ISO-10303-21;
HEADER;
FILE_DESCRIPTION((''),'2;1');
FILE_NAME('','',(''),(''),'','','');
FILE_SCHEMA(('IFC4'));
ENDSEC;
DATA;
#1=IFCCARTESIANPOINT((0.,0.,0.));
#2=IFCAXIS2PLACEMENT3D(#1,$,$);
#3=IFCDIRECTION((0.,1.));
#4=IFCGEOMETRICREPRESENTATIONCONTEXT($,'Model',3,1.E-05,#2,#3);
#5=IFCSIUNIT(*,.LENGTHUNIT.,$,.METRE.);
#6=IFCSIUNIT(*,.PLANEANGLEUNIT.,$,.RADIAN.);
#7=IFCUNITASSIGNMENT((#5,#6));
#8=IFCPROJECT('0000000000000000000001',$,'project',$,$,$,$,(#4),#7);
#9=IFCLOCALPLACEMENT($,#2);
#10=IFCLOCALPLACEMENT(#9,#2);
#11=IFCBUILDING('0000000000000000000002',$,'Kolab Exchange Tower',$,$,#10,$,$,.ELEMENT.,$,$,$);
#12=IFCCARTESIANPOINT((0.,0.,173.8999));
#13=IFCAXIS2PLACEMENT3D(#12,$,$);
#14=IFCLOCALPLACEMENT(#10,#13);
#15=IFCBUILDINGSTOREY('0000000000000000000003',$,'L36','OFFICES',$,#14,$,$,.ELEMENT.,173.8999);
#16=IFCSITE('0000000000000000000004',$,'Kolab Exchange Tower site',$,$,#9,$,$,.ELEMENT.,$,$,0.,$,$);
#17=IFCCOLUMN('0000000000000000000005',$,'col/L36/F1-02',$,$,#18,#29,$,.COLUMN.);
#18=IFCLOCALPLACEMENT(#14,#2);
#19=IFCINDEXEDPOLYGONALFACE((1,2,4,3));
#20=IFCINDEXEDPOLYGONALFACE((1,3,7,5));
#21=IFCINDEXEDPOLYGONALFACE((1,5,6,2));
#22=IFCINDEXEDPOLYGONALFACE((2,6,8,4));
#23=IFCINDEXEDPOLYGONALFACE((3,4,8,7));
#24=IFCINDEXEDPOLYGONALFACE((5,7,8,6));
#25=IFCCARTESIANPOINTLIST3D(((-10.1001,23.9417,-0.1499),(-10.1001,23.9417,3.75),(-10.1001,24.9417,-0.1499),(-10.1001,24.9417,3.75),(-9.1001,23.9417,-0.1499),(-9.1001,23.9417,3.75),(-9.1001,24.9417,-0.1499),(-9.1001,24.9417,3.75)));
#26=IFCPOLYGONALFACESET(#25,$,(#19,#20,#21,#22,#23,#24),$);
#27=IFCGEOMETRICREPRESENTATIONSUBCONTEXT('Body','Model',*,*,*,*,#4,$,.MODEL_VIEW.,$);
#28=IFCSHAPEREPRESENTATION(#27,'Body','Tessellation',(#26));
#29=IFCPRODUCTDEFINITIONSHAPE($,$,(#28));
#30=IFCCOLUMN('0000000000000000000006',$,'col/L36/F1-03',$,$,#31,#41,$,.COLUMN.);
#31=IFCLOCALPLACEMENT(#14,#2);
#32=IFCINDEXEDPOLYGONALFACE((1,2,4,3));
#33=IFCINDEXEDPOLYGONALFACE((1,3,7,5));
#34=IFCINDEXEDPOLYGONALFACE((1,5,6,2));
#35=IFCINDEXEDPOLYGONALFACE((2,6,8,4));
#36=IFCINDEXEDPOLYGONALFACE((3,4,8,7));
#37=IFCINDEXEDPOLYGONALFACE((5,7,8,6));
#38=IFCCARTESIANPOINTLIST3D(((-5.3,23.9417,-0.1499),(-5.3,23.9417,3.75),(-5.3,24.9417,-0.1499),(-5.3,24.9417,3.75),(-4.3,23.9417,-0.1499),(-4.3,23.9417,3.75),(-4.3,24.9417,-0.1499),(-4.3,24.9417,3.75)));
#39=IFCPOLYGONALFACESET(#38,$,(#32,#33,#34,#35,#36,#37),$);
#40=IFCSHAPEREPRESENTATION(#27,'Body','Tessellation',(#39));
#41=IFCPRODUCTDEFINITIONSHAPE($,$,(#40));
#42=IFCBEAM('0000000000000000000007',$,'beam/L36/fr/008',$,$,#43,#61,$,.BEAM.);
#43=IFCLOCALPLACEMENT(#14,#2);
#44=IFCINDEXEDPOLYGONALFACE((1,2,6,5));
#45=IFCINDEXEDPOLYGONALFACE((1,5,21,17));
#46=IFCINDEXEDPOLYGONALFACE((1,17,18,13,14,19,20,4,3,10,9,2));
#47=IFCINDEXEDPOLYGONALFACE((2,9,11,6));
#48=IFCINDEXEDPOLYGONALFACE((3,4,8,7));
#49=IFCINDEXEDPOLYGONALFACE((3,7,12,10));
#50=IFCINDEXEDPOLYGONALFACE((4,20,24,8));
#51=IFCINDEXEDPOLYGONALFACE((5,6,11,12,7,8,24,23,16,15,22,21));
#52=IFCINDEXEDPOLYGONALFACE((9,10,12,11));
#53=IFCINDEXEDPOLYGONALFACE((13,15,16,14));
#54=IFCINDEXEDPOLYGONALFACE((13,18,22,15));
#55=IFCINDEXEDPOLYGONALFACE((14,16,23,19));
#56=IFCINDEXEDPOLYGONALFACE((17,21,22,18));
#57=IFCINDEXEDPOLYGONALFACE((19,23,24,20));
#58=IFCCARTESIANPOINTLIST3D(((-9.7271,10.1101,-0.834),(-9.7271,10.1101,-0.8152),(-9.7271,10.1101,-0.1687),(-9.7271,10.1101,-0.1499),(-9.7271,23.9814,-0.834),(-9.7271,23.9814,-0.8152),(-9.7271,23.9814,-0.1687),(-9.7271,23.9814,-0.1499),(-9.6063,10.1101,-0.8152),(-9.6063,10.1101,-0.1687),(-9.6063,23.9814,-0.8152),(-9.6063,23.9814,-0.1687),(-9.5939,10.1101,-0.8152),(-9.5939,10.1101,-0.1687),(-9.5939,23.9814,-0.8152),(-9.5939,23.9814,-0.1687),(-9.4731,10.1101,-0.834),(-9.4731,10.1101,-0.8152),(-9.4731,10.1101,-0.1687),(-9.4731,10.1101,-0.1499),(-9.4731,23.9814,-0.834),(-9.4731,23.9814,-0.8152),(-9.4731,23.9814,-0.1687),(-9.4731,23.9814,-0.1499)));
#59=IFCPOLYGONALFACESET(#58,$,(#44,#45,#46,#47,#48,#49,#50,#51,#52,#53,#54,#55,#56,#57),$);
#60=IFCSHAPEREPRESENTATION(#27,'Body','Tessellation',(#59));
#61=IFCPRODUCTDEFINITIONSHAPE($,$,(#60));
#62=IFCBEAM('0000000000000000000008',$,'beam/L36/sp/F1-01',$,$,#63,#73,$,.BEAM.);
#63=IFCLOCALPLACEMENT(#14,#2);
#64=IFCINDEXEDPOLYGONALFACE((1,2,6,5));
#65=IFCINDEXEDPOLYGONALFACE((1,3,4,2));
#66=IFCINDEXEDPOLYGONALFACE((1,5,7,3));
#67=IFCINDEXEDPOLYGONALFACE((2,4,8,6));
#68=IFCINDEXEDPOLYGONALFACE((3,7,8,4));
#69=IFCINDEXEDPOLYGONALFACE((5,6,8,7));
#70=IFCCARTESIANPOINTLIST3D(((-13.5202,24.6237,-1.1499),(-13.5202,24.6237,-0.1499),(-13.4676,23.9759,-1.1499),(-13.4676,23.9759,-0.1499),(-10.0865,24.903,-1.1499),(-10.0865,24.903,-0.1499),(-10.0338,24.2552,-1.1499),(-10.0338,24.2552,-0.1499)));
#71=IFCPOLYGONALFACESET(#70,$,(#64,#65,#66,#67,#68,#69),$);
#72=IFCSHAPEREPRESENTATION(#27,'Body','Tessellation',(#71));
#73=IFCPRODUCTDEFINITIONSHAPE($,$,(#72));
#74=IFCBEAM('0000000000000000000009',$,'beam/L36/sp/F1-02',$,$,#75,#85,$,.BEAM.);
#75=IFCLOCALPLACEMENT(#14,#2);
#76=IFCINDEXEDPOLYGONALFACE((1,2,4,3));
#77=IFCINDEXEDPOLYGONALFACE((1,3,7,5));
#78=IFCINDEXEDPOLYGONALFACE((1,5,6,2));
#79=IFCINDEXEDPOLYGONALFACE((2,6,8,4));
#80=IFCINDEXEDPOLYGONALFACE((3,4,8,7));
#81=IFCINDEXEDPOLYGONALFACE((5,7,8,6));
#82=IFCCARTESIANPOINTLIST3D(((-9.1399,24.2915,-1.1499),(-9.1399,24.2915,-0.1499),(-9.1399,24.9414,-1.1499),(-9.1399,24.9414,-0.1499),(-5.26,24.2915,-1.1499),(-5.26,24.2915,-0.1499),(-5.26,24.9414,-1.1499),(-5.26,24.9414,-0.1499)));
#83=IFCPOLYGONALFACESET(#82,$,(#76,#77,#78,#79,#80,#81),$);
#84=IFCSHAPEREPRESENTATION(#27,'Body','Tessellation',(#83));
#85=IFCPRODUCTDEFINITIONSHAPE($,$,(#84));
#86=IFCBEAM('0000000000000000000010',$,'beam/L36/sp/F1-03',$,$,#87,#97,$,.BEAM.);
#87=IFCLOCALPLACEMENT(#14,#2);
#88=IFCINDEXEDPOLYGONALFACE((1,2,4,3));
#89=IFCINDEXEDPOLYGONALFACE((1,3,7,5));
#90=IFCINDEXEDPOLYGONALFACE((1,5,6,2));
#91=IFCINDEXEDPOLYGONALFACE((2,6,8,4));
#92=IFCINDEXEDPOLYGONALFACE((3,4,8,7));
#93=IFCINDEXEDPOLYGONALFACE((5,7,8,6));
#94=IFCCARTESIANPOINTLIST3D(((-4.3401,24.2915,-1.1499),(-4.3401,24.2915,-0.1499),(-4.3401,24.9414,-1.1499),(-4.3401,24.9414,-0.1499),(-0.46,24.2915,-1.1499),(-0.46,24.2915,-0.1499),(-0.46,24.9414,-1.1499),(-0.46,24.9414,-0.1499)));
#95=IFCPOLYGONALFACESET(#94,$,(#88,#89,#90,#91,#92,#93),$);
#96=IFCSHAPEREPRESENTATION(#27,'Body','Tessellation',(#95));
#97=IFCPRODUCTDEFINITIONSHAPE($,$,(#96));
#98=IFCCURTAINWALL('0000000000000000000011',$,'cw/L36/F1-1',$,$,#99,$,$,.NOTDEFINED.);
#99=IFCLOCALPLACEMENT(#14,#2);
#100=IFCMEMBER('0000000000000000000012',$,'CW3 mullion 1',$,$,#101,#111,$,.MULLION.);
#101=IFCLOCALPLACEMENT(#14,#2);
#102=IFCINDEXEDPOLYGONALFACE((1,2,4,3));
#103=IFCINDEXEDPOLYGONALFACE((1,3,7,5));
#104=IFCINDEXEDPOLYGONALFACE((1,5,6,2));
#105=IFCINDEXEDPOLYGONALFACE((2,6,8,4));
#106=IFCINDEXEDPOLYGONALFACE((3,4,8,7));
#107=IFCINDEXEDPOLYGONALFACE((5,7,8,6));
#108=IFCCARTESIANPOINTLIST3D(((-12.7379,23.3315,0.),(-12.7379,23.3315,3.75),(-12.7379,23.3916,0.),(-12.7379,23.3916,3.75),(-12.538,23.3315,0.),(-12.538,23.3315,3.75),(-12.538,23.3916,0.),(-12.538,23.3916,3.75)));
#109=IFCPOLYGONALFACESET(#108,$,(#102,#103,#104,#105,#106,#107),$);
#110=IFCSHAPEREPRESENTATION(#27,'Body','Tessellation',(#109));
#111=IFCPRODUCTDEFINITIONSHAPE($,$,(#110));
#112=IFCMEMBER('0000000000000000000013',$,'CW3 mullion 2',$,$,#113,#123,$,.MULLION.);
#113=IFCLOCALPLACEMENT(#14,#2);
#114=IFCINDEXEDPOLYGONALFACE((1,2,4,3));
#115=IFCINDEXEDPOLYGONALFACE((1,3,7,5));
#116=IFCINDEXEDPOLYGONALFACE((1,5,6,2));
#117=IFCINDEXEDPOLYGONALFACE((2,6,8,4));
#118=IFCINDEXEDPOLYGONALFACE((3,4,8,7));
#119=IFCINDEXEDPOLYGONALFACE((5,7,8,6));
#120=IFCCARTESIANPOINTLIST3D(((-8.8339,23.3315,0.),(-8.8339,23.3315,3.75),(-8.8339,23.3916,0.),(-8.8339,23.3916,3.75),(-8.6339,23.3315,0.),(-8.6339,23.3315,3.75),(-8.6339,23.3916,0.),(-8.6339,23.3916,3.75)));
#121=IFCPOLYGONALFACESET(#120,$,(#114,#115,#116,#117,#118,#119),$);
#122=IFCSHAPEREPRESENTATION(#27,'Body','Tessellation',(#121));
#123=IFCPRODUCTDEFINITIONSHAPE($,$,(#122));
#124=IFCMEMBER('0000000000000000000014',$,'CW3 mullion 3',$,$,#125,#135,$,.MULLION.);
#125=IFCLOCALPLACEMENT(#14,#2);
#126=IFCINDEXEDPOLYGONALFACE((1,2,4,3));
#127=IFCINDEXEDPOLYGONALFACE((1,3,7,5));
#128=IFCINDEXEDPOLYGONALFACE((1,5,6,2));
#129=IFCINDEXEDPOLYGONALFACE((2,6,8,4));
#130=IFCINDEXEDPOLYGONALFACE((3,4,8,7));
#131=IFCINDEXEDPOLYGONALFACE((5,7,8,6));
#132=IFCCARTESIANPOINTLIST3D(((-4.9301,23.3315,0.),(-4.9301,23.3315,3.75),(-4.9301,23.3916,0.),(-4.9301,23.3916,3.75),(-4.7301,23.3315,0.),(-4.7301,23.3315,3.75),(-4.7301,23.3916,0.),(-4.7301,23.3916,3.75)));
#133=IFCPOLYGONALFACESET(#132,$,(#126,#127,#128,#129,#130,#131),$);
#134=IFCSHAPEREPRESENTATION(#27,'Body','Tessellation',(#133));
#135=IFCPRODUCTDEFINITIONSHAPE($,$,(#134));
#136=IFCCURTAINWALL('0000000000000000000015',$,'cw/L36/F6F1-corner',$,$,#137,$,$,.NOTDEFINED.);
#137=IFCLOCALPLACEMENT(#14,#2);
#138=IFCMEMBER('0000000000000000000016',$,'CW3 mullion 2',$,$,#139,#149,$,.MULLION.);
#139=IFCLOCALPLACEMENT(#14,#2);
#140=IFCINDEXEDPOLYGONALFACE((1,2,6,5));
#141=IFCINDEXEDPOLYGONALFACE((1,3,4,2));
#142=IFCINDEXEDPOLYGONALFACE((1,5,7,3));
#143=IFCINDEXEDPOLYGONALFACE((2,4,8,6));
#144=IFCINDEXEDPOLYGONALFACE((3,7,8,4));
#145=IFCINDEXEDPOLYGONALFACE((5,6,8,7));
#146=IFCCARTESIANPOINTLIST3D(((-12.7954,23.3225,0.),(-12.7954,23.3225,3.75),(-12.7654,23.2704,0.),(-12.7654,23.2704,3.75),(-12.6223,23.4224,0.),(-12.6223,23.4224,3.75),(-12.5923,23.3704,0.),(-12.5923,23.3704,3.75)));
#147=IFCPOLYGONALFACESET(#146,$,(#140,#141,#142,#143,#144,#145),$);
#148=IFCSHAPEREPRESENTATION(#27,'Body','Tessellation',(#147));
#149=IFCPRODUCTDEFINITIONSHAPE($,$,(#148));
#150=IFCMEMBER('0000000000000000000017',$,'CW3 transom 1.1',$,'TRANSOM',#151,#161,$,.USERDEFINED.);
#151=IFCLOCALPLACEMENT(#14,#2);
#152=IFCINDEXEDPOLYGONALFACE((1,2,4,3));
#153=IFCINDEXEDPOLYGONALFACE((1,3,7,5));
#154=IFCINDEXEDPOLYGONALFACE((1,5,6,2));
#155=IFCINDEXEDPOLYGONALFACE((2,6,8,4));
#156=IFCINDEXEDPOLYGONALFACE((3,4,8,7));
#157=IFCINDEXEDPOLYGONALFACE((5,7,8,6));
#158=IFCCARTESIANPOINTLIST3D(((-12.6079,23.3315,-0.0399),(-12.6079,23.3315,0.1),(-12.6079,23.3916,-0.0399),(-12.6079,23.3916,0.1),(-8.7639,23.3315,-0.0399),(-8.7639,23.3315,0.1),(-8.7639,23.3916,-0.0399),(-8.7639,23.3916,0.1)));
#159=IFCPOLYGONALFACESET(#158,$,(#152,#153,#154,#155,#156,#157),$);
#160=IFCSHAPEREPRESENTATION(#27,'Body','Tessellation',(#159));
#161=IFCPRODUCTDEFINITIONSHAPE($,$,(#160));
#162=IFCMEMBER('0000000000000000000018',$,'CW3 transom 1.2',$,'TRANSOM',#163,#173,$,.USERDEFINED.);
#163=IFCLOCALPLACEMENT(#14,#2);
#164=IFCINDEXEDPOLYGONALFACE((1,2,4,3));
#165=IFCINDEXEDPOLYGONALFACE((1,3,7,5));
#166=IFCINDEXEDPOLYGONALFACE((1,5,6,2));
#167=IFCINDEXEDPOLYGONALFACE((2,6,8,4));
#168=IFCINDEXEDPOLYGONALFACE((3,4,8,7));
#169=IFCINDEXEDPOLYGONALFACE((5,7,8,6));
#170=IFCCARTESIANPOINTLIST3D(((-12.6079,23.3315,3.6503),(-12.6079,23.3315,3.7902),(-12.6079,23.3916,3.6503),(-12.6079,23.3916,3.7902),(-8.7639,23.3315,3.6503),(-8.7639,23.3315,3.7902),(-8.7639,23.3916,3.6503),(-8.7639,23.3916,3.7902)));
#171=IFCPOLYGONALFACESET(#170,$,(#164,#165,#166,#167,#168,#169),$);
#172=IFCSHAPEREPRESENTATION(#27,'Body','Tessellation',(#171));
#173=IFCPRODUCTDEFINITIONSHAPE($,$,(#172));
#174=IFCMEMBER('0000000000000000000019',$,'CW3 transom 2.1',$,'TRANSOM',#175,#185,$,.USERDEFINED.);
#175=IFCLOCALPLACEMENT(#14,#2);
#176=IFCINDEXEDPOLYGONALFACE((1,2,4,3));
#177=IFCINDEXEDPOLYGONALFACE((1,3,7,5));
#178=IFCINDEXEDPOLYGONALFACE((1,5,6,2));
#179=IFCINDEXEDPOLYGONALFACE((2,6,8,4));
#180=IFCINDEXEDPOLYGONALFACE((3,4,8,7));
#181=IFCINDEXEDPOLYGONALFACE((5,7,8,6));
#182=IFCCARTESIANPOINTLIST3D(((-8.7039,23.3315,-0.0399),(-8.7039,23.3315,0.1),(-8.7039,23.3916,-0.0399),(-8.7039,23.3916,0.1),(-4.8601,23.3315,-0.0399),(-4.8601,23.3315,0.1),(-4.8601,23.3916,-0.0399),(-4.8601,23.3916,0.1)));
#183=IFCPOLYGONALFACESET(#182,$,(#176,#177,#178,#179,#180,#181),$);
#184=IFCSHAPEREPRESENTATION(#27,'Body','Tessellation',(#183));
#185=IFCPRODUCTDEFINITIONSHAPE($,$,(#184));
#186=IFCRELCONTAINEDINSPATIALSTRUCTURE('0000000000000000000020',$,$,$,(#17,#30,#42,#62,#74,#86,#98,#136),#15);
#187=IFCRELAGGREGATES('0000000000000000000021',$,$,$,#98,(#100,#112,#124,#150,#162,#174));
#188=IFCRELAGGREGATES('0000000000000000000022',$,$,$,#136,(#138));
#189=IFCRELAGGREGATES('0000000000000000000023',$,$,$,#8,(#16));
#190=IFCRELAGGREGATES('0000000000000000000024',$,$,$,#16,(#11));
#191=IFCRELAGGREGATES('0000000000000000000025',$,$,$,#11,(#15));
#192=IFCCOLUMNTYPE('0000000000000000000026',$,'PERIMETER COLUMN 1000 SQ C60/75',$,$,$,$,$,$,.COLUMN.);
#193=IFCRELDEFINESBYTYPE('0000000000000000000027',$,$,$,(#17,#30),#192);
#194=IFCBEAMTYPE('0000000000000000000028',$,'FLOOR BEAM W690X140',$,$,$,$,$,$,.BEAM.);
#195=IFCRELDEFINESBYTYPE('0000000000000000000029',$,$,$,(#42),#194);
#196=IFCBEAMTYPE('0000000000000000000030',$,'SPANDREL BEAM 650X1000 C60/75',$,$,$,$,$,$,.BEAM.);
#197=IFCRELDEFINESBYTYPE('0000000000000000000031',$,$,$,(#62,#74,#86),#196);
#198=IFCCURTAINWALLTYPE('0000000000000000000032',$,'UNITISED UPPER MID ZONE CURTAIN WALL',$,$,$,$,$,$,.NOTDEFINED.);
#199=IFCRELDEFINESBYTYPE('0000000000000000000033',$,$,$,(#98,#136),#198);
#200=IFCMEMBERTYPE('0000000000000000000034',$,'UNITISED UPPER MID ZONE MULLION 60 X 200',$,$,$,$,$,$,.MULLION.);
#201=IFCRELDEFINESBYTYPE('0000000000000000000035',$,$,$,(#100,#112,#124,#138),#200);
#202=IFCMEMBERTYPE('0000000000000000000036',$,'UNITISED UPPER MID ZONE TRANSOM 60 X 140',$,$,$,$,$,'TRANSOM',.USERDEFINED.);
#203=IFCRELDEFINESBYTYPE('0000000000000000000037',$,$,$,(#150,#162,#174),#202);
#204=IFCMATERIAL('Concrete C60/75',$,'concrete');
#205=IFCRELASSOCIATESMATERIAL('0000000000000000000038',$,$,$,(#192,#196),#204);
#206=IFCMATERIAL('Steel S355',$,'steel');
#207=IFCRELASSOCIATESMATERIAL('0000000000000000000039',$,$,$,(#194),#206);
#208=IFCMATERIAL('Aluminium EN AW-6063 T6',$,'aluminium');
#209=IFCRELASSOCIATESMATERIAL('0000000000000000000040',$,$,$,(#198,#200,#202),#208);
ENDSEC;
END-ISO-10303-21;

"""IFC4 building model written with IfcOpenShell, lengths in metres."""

from ifc_helpers import new_model, si_unit, direction, frame, origin, origin_2d, place, context, subcontext, project, spatial, rectangle, i_section, extrude, material, material_profile, profile_set, type_object, element, aggregate, save


model = new_model("IFC4")

# Units and contexts
model_context = context("Model", 3, precision=1e-05, world=origin(), true_north=direction((0.0, 1.0)))
body_context = subcontext(model_context, "Body", "Model", "MODEL_VIEW")
ifc_project = project(units=[si_unit("LENGTHUNIT", "METRE"), si_unit("PLANEANGLEUNIT", "RADIAN")], contexts=[model_context])

# Site, building, storey
site_placement = place(None, origin())
site = spatial("IfcSite", under=ifc_project, at=site_placement, Name="Kolab Exchange Tower site", CompositionType="ELEMENT", RefElevation=0.0)
building_placement = place(site_placement, origin())
building = spatial("IfcBuilding", under=site, at=building_placement, Name="Kolab Exchange Tower", CompositionType="ELEMENT")
storey_placement = place(building_placement, frame((0.0, 0.0, 173.8999)))
storey = spatial("IfcBuildingStorey", under=building, at=storey_placement, Name="L36", Description="OFFICES", CompositionType="ELEMENT", Elevation=173.8999)

# Columns
ifc_material_1 = material(Name="Concrete C60/75", Category="concrete")
ifc_material_profile_1 = material_profile(ifc_material_1, rectangle(XDim=1.0, YDim=1.0, at=origin_2d()), Name="RC1000")
ifc_profile_set_1 = profile_set([ifc_material_profile_1], Name="Concrete C60/75")
column_type = type_object("IfcColumnType", Name="PERIMETER COLUMN 1000 SQ C60/75", PredefinedType="COLUMN", material=ifc_profile_set_1)
for number, where, z_axis, x_axis, name in (
    (1, (-9.6001, 24.4417, -0.1499), (0.0, 0.0, 1.0), (1.0, 0.0, 0.0), "col/L36/F1-02"),
    (2, (-4.8, 24.4417, -0.1499), (0.0, 0.0, 1.0), (1.0, 0.0, 0.0), "col/L36/F1-03"),
):
    element("IfcColumn", number, at=place(storey_placement, frame(where, z_axis=z_axis, x_axis=x_axis)), inside=storey, type_object=column_type, Name=name, PredefinedType="COLUMN", context=body_context, shape_type="SweptSolid", body=[
        extrude(rectangle(XDim=1.0, YDim=1.0, at=origin_2d()), origin(), (0.0, 0.0, 1.0), 3.8999),
    ])

# Beams
ifc_material_2 = material(Name="Steel S355", Category="steel")
ifc_material_profile_2 = material_profile(ifc_material_2, i_section(OverallWidth=0.2539, OverallDepth=0.6841, WebThickness=0.0125, FlangeThickness=0.0188, at=origin_2d()), Name="W690X140")
ifc_profile_set_2 = profile_set([ifc_material_profile_2], Name="Steel S355")
beam_type_1 = type_object("IfcBeamType", Name="FLOOR BEAM W690X140", PredefinedType="BEAM", material=ifc_profile_set_2)
beam_1_placement = place(storey_placement, frame((-9.6001, 10.1101, -0.4919), z_axis=(0.0, 1.0, 0.0), x_axis=(-1.0, 0.0, 0.0)))
element("IfcBeam", 3, at=beam_1_placement, inside=storey, type_object=beam_type_1, Name="beam/L36/fr/008", PredefinedType="BEAM", context=body_context, shape_type="SweptSolid", body=[
    extrude(i_section(OverallWidth=0.2539, OverallDepth=0.6841, WebThickness=0.0125, FlangeThickness=0.0188, at=origin_2d()), origin(), (0.0, 0.0, 1.0), 13.8713),
])
ifc_material_profile_3 = material_profile(ifc_material_1, rectangle(XDim=0.6499, YDim=1.0, at=origin_2d()), Name="RC650X1000")
ifc_profile_set_3 = profile_set([ifc_material_profile_3], Name="Concrete C60/75")
beam_type_2 = type_object("IfcBeamType", Name="SPANDREL BEAM 650X1000 C60/75", PredefinedType="BEAM", material=ifc_profile_set_3)
beam_2_placement = place(storey_placement, frame((-13.4939, 24.2998, -0.6499), z_axis=(0.996708, 0.081069, 0.0), x_axis=(-0.081069, 0.996708, 0.0)))
element("IfcBeam", 4, at=beam_2_placement, inside=storey, type_object=beam_type_2, Name="beam/L36/sp/F1-01", PredefinedType="BEAM", context=body_context, shape_type="SweptSolid", body=[
    extrude(rectangle(XDim=0.6499, YDim=1.0, at=origin_2d()), origin(), (0.0, 0.0, 1.0), 3.4451),
])
beam_3_placement = place(storey_placement, frame((-9.1399, 24.6165, -0.6499), z_axis=(1.0, 0.0, 0.0), x_axis=(0.0, 1.0, 0.0)))
element("IfcBeam", 5, at=beam_3_placement, inside=storey, type_object=beam_type_2, Name="beam/L36/sp/F1-02", PredefinedType="BEAM", context=body_context, shape_type="SweptSolid", body=[
    extrude(rectangle(XDim=0.6499, YDim=1.0, at=origin_2d()), origin(), (0.0, 0.0, 1.0), 3.8799),
])
beam_4_placement = place(storey_placement, frame((-4.3401, 24.6165, -0.6499), z_axis=(1.0, 0.0, 0.0), x_axis=(0.0, 1.0, 0.0)))
element("IfcBeam", 6, at=beam_4_placement, inside=storey, type_object=beam_type_2, Name="beam/L36/sp/F1-03", PredefinedType="BEAM", context=body_context, shape_type="SweptSolid", body=[
    extrude(rectangle(XDim=0.6499, YDim=1.0, at=origin_2d()), origin(), (0.0, 0.0, 1.0), 3.8801),
])

# Curtain wall, members
ifc_material_3 = material(Name="Aluminium EN AW-6063 T6", Category="aluminium")
curtain_wall_type = type_object("IfcCurtainWallType", Name="UNITISED UPPER MID ZONE CURTAIN WALL", PredefinedType="NOTDEFINED", material=ifc_material_3)
curtain_wall_1_placement = place(storey_placement, origin())
curtain_wall_1 = element("IfcCurtainWall", 7, at=curtain_wall_1_placement, inside=storey, type_object=curtain_wall_type, Name="cw/L36/F1-1", PredefinedType="NOTDEFINED")
ifc_material_profile_4 = material_profile(ifc_material_3, rectangle(XDim=0.0601, YDim=0.2, at=origin_2d()), Name="RECT 60X200")
ifc_profile_set_4 = profile_set([ifc_material_profile_4], Name="Aluminium EN AW-6063 T6")
member_type_1 = type_object("IfcMemberType", Name="UNITISED UPPER MID ZONE MULLION 60 X 200", PredefinedType="MULLION", material=ifc_profile_set_4)
member_1_placement = place(storey_placement, frame((-12.6379, 23.3616, 0.0), z_axis=(0.0, 0.0, 1.0), x_axis=(0.0, 1.0, 0.0)))
member_1 = element("IfcMember", 8, at=member_1_placement, type_object=member_type_1, Name="CW3 mullion 1", PredefinedType="MULLION", context=body_context, shape_type="SweptSolid", body=[
    extrude(rectangle(XDim=0.0601, YDim=0.2, at=origin_2d()), origin(), (0.0, 0.0, 1.0), 3.75),
])
member_2_placement = place(storey_placement, frame((-8.7339, 23.3616, 0.0), z_axis=(0.0, 0.0, 1.0), x_axis=(0.0, 1.0, 0.0)))
member_2 = element("IfcMember", 9, at=member_2_placement, type_object=member_type_1, Name="CW3 mullion 2", PredefinedType="MULLION", context=body_context, shape_type="SweptSolid", body=[
    extrude(rectangle(XDim=0.0601, YDim=0.2, at=origin_2d()), origin(), (0.0, 0.0, 1.0), 3.75),
])
member_3_placement = place(storey_placement, frame((-4.8301, 23.3616, 0.0), z_axis=(0.0, 0.0, 1.0), x_axis=(0.0, 1.0, 0.0)))
member_3 = element("IfcMember", 10, at=member_3_placement, type_object=member_type_1, Name="CW3 mullion 3", PredefinedType="MULLION", context=body_context, shape_type="SweptSolid", body=[
    extrude(rectangle(XDim=0.0601, YDim=0.2, at=origin_2d()), origin(), (0.0, 0.0, 1.0), 3.75),
])

# Curtain wall, member
curtain_wall_2_placement = place(storey_placement, origin())
curtain_wall_2 = element("IfcCurtainWall", 11, at=curtain_wall_2_placement, inside=storey, type_object=curtain_wall_type, Name="cw/L36/F6F1-corner", PredefinedType="NOTDEFINED")
member_4_placement = place(storey_placement, frame((-12.6938, 23.3464, 0.0), z_axis=(0.0, 0.0, 1.0), x_axis=(-0.5, 0.866025, 0.0)))
member_4 = element("IfcMember", 12, at=member_4_placement, type_object=member_type_1, Name="CW3 mullion 2", PredefinedType="MULLION", context=body_context, shape_type="SweptSolid", body=[
    extrude(rectangle(XDim=0.0601, YDim=0.2, at=origin_2d()), origin(), (0.0, 0.0, 1.0), 3.75),
])

# Members
ifc_material_profile_5 = material_profile(ifc_material_3, rectangle(XDim=0.0601, YDim=0.1399, at=origin_2d()), Name="RECT 60X140")
ifc_profile_set_5 = profile_set([ifc_material_profile_5], Name="Aluminium EN AW-6063 T6")
member_type_2 = type_object("IfcMemberType", Name="UNITISED UPPER MID ZONE TRANSOM 60 X 140", ElementType="TRANSOM", PredefinedType="USERDEFINED", material=ifc_profile_set_5)
member_5_placement = place(storey_placement, frame((-12.6079, 23.3616, 0.03), z_axis=(1.0, 0.0, 0.0), x_axis=(0.0, 1.0, 0.0)))
member_5 = element("IfcMember", 13, at=member_5_placement, type_object=member_type_2, Name="CW3 transom 1.1", ObjectType="TRANSOM", PredefinedType="USERDEFINED", context=body_context, shape_type="SweptSolid", body=[
    extrude(rectangle(XDim=0.0601, YDim=0.1399, at=origin_2d()), origin(), (0.0, 0.0, 1.0), 3.844),
])
member_6_placement = place(storey_placement, frame((-12.6079, 23.3616, 3.7202), z_axis=(1.0, 0.0, 0.0), x_axis=(0.0, 1.0, 0.0)))
member_6 = element("IfcMember", 14, at=member_6_placement, type_object=member_type_2, Name="CW3 transom 1.2", ObjectType="TRANSOM", PredefinedType="USERDEFINED", context=body_context, shape_type="SweptSolid", body=[
    extrude(rectangle(XDim=0.0601, YDim=0.1399, at=origin_2d()), origin(), (0.0, 0.0, 1.0), 3.844),
])
member_7_placement = place(storey_placement, frame((-8.7039, 23.3616, 0.03), z_axis=(1.0, 0.0, 0.0), x_axis=(0.0, 1.0, 0.0)))
member_7 = element("IfcMember", 15, at=member_7_placement, type_object=member_type_2, Name="CW3 transom 2.1", ObjectType="TRANSOM", PredefinedType="USERDEFINED", context=body_context, shape_type="SweptSolid", body=[
    extrude(rectangle(XDim=0.0601, YDim=0.1399, at=origin_2d()), origin(), (0.0, 0.0, 1.0), 3.8438),
])

aggregate(curtain_wall_1, [member_1, member_2, member_3, member_5, member_6, member_7])
aggregate(curtain_wall_2, [member_4])

save(model, "model.ifc")
